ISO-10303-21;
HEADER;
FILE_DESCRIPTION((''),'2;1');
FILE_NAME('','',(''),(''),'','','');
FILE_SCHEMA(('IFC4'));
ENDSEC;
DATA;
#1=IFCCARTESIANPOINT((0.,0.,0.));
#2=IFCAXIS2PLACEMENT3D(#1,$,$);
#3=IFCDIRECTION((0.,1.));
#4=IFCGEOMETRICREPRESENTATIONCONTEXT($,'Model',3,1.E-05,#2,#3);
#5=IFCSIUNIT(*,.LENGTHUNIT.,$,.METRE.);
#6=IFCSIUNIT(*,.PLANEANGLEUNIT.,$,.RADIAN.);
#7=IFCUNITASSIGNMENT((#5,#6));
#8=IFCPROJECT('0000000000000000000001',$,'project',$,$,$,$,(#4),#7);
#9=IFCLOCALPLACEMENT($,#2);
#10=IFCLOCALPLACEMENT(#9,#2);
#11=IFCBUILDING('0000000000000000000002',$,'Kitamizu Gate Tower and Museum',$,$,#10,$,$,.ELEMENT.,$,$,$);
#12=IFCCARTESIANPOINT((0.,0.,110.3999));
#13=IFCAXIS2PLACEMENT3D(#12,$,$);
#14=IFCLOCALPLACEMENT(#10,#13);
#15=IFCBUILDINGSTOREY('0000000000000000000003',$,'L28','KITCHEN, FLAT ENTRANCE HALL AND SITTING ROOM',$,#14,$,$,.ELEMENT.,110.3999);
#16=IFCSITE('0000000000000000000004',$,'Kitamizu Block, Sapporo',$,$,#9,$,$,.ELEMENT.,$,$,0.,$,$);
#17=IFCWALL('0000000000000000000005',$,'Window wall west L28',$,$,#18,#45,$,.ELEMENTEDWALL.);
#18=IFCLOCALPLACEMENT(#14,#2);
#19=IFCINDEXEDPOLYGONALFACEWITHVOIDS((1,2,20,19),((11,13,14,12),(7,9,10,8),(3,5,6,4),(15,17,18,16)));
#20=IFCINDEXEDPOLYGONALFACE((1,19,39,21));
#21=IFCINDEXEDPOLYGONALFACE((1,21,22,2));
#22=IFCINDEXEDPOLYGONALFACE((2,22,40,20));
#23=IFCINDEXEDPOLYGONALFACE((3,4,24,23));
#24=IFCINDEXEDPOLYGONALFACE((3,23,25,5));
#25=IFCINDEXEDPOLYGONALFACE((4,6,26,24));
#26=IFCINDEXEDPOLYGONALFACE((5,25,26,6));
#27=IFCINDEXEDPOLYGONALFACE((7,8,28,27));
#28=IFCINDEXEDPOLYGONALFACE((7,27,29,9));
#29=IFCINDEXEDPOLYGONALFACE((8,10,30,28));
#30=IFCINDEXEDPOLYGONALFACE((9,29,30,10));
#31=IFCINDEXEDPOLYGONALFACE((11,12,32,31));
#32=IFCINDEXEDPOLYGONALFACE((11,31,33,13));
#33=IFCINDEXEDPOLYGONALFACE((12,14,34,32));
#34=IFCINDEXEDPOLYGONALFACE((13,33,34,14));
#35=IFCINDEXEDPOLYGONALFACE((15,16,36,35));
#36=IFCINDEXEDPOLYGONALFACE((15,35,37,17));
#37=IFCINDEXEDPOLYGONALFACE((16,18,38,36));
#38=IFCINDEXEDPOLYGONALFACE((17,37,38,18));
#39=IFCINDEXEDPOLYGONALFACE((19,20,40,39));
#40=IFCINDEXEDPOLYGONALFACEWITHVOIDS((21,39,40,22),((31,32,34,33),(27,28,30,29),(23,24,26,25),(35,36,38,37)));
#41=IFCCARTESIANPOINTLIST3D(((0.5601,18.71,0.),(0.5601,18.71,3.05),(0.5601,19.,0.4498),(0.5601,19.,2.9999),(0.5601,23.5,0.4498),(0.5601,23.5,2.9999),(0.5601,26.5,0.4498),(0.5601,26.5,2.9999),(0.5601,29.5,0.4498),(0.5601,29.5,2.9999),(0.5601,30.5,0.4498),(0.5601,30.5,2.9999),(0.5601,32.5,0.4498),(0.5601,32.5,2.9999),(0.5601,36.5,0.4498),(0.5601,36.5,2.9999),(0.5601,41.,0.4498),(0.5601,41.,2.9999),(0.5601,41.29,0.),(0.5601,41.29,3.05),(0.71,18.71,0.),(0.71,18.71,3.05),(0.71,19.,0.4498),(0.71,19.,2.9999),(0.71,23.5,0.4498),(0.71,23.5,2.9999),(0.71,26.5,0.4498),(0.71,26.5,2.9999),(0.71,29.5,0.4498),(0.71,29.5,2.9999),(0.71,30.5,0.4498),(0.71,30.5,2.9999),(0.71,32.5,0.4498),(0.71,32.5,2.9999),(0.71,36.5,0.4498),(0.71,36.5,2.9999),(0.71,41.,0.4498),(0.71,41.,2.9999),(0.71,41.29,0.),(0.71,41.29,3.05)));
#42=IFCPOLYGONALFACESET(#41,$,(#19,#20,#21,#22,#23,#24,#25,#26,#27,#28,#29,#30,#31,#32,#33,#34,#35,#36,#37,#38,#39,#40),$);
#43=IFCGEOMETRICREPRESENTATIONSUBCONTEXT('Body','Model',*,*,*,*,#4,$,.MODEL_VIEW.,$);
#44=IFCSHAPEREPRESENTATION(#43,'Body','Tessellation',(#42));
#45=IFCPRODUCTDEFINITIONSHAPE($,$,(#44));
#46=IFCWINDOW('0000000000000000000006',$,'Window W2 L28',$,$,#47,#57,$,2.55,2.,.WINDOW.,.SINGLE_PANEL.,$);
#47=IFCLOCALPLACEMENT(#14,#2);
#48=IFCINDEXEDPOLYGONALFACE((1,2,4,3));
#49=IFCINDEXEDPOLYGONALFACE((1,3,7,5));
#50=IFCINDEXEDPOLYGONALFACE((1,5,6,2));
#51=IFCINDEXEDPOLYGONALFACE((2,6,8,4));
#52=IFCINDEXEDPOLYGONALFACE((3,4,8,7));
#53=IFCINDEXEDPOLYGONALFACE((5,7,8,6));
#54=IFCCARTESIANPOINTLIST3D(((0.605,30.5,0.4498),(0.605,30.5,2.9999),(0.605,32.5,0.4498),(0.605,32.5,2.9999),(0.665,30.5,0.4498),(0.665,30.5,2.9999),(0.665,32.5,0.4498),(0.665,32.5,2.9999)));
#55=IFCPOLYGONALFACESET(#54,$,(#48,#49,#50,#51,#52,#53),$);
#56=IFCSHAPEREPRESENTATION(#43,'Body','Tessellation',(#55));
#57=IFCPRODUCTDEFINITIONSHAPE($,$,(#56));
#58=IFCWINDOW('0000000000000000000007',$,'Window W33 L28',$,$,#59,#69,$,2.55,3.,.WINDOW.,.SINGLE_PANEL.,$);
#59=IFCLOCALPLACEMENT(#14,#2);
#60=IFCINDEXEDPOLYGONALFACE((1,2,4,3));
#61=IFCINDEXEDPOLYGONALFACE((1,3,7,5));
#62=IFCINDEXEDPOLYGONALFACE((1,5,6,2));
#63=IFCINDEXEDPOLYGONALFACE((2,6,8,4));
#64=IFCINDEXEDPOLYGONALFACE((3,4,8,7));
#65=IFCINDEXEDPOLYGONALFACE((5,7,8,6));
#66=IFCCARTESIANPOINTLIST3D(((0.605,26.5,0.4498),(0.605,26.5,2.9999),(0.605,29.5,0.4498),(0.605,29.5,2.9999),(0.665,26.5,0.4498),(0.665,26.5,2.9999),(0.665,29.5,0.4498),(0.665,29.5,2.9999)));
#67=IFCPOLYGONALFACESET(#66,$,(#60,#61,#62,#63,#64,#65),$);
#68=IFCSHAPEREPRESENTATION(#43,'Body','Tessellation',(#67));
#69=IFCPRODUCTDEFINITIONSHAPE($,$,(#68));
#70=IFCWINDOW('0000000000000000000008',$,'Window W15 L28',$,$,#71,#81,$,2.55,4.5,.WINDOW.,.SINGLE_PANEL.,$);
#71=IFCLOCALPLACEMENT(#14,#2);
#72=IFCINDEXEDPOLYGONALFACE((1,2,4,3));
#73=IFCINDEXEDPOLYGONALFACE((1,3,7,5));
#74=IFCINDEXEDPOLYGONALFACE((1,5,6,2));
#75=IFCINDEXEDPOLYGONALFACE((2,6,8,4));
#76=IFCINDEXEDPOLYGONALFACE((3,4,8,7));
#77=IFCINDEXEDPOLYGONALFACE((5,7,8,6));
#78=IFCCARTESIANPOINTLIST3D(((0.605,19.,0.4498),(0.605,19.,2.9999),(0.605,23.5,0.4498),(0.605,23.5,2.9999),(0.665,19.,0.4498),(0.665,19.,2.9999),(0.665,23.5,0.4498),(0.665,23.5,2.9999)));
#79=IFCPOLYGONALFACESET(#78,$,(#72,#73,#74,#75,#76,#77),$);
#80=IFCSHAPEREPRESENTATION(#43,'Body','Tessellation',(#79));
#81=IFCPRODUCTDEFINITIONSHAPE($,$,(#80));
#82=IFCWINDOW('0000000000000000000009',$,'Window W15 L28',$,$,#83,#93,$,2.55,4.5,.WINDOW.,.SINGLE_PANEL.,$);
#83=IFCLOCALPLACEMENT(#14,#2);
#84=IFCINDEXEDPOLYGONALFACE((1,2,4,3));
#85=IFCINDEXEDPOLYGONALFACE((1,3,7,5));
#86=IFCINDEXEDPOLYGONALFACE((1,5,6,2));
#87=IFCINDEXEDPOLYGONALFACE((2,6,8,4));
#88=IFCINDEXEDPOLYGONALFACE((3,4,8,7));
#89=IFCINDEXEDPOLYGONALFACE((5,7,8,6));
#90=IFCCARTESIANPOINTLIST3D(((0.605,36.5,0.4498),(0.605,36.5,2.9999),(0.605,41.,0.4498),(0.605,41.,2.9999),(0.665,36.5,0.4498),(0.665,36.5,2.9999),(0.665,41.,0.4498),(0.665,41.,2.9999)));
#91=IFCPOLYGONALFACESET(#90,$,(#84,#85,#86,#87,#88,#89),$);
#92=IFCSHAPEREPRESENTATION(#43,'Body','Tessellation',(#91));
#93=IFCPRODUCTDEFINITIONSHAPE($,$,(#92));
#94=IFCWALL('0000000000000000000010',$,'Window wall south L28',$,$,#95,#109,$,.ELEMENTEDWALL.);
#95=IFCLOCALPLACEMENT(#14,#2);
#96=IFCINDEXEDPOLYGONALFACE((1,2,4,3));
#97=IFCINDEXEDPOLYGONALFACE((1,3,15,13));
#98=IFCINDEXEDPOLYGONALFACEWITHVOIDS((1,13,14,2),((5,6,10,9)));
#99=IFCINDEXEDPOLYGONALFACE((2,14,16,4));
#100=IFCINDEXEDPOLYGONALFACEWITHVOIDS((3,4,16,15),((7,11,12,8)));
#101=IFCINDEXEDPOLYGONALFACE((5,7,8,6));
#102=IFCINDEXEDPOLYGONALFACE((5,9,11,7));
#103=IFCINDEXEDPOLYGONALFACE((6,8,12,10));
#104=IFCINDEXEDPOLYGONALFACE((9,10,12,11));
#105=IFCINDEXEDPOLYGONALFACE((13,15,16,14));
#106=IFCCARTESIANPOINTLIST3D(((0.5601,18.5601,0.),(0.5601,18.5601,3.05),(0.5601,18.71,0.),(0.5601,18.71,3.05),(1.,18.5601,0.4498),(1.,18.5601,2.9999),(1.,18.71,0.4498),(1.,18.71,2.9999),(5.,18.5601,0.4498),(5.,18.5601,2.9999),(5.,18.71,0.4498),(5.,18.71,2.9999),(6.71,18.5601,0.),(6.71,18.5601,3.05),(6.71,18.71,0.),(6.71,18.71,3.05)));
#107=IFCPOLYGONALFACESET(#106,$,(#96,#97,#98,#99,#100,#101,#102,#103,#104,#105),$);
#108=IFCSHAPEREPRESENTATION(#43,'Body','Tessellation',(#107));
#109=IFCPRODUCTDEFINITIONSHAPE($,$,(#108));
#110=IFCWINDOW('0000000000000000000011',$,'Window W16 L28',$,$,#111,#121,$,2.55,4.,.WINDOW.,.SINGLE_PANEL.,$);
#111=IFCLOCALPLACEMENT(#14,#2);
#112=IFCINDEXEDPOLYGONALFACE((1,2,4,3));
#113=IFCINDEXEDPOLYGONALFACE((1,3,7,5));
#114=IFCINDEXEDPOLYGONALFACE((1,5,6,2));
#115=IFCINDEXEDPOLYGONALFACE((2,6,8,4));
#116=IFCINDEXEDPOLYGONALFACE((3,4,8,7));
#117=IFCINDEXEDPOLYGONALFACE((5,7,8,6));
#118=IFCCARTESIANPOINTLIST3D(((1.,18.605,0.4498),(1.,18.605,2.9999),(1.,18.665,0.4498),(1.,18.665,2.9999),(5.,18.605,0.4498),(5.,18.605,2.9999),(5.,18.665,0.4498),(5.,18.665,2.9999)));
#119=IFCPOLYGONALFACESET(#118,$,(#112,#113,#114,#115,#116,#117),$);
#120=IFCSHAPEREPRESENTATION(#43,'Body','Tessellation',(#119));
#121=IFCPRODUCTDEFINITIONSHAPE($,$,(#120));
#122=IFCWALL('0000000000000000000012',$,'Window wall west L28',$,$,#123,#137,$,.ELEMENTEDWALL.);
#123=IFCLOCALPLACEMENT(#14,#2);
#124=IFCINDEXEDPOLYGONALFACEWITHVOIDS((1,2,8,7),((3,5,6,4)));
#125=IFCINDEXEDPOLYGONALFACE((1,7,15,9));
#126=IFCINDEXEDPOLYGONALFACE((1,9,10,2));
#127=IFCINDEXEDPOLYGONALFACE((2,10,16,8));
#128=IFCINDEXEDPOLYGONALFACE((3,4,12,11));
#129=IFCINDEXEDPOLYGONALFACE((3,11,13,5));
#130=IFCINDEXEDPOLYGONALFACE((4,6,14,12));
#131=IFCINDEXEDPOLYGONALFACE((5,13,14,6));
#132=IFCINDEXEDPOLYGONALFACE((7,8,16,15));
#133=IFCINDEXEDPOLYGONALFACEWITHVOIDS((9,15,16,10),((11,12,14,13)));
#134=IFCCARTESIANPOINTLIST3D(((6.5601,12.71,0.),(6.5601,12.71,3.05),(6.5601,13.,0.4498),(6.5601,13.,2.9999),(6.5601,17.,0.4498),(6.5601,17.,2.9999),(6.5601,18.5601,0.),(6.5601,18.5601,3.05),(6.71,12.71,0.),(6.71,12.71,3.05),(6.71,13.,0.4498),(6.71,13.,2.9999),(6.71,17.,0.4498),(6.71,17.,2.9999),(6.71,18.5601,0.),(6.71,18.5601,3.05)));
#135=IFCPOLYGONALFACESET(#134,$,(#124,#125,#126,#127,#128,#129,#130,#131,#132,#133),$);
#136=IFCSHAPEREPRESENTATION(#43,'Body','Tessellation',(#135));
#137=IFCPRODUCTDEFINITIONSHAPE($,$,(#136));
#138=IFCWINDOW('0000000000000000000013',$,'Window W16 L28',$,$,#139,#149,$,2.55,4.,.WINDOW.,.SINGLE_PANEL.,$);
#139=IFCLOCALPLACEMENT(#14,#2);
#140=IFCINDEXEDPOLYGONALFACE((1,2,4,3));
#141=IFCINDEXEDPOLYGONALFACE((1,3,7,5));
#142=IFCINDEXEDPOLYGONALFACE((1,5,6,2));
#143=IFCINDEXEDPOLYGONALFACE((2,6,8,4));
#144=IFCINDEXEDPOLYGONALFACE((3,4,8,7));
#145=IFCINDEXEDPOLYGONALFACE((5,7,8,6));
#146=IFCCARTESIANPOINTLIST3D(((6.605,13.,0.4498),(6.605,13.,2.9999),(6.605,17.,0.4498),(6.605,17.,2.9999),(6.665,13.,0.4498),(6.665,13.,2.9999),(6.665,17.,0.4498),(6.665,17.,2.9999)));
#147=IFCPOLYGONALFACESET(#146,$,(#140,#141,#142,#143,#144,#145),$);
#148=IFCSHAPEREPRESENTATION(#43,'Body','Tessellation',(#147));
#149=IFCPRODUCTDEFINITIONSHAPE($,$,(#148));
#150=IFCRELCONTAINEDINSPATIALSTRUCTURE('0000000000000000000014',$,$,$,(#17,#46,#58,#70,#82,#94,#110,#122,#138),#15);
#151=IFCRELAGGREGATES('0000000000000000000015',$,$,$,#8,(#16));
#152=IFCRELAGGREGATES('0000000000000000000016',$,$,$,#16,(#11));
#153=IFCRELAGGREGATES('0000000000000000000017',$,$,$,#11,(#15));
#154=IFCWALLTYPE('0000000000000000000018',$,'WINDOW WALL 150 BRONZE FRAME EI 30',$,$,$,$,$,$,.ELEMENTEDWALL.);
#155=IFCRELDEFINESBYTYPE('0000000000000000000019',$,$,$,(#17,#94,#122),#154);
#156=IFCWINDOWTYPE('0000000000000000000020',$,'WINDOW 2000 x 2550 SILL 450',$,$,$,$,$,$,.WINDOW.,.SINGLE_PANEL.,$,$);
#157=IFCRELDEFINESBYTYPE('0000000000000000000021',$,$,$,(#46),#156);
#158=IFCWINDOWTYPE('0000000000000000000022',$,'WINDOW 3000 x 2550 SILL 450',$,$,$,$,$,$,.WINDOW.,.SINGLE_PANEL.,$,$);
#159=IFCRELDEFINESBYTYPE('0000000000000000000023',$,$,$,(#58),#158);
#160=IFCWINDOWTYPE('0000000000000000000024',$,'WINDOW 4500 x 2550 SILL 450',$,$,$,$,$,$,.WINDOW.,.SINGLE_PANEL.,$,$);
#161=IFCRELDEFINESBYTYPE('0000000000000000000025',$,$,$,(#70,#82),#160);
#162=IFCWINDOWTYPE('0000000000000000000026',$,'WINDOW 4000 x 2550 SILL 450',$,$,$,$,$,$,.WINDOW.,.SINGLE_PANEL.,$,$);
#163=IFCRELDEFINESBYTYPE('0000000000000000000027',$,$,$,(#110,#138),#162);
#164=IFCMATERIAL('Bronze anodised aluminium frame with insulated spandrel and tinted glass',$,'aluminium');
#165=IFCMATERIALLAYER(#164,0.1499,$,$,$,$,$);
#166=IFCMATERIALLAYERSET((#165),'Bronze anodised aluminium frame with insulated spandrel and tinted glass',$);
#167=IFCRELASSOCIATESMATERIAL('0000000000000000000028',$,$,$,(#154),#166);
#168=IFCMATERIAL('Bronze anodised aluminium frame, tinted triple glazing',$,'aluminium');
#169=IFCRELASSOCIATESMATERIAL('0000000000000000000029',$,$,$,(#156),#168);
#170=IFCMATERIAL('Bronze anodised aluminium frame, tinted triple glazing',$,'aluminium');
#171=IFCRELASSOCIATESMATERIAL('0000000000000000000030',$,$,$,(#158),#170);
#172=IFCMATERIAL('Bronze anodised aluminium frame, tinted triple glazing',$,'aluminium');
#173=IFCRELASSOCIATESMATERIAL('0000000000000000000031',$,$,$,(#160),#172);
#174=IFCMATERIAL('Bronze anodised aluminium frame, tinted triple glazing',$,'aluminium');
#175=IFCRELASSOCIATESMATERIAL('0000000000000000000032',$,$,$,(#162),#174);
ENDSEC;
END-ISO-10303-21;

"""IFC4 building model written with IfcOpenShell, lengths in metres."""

from ifc_helpers import new_model, si_unit, direction, frame, frame_2d, origin, place, context, subcontext, project, spatial, rectangle, extrude, material, layer, layer_set, type_object, element, fill, save


model = new_model("IFC4")

# Units and contexts
model_context = context("Model", 3, precision=1e-05, world=origin(), true_north=direction((0.0, 1.0)))
body_context = subcontext(model_context, "Body", "Model", "MODEL_VIEW")
ifc_project = project(units=[si_unit("LENGTHUNIT", "METRE"), si_unit("PLANEANGLEUNIT", "RADIAN")], contexts=[model_context])

# Site, building, storey
site_placement = place(None, origin())
site = spatial("IfcSite", under=ifc_project, at=site_placement, Name="Kitamizu Block, Sapporo", CompositionType="ELEMENT", RefElevation=0.0)
building_placement = place(site_placement, origin())
building = spatial("IfcBuilding", under=site, at=building_placement, Name="Kitamizu Gate Tower and Museum", CompositionType="ELEMENT")
storey_placement = place(building_placement, frame((0.0, 0.0, 110.3999)))
storey = spatial("IfcBuildingStorey", under=building, at=storey_placement, Name="L28", Description="KITCHEN, FLAT ENTRANCE HALL AND SITTING ROOM", CompositionType="ELEMENT", Elevation=110.3999)

# Wall, openings, windows
ifc_material_1 = material(Name="Bronze anodised aluminium frame with insulated spandrel and tinted glass", Category="aluminium")
ifc_layer = layer(ifc_material_1, 0.1499)
ifc_layer_set = layer_set([ifc_layer], Name="Bronze anodised aluminium frame with insulated spandrel and tinted glass")
wall_type = type_object("IfcWallType", Name="WINDOW WALL 150 BRONZE FRAME EI 30", PredefinedType="ELEMENTEDWALL", material=ifc_layer_set)
ifc_material_2 = material(Name="Bronze anodised aluminium frame, tinted triple glazing", Category="aluminium")
window_type_1 = type_object("IfcWindowType", Name="WINDOW 2000 x 2550 SILL 450", PartitioningType="SINGLE_PANEL", PredefinedType="WINDOW", material=ifc_material_2)
ifc_material_3 = material(Name="Bronze anodised aluminium frame, tinted triple glazing", Category="aluminium")
window_type_2 = type_object("IfcWindowType", Name="WINDOW 3000 x 2550 SILL 450", PartitioningType="SINGLE_PANEL", PredefinedType="WINDOW", material=ifc_material_3)
ifc_material_4 = material(Name="Bronze anodised aluminium frame, tinted triple glazing", Category="aluminium")
window_type_3 = type_object("IfcWindowType", Name="WINDOW 4500 x 2550 SILL 450", PartitioningType="SINGLE_PANEL", PredefinedType="WINDOW", material=ifc_material_4)
wall_1_placement = place(storey_placement, frame((0.635, 18.71, 0.0), z_axis=(0.0, 0.0, 1.0), x_axis=(0.0, 1.0, 0.0)))
wall_1 = element("IfcWall", 1, at=wall_1_placement, inside=storey, type_object=wall_type, Name="Window wall west L28", PredefinedType="ELEMENTEDWALL", context=body_context, shape_type="SweptSolid", body=[
    extrude(rectangle(XDim=22.5801, YDim=0.1499, at=frame_2d((11.29, 0.0))), origin(), (0.0, 0.0, 1.0), 3.05),
])
opening_1_placement = place(wall_1_placement, frame((0.29, 0.0, 0.45)))
opening_1 = element("IfcOpeningElement", 2, at=opening_1_placement, cuts=wall_1, PredefinedType="OPENING", context=body_context, shape_type="SweptSolid", body=[
    extrude(rectangle(XDim=4.5, YDim=2.55, at=frame_2d((2.25, 1.2749))), frame((0.0, 0.085, 0.0), z_axis=(0.0, -1.0, 0.0), x_axis=(1.0, 0.0, 0.0)), (0.0, 0.0, 1.0), 0.1699),
])
opening_2_placement = place(wall_1_placement, frame((7.79, 0.0, 0.45)))
opening_2 = element("IfcOpeningElement", 3, at=opening_2_placement, cuts=wall_1, PredefinedType="OPENING", context=body_context, shape_type="SweptSolid", body=[
    extrude(rectangle(XDim=3.0, YDim=2.55, at=frame_2d((1.5, 1.2749))), frame((0.0, 0.085, 0.0), z_axis=(0.0, -1.0, 0.0), x_axis=(1.0, 0.0, 0.0)), (0.0, 0.0, 1.0), 0.1699),
])
opening_3_placement = place(wall_1_placement, frame((11.79, 0.0, 0.45)))
opening_3 = element("IfcOpeningElement", 4, at=opening_3_placement, cuts=wall_1, PredefinedType="OPENING", context=body_context, shape_type="SweptSolid", body=[
    extrude(rectangle(XDim=2.0, YDim=2.55, at=frame_2d((1.0, 1.2749))), frame((0.0, 0.085, 0.0), z_axis=(0.0, -1.0, 0.0), x_axis=(1.0, 0.0, 0.0)), (0.0, 0.0, 1.0), 0.1699),
])
opening_4_placement = place(wall_1_placement, frame((17.79, 0.0, 0.45)))
opening_4 = element("IfcOpeningElement", 5, at=opening_4_placement, cuts=wall_1, PredefinedType="OPENING", context=body_context, shape_type="SweptSolid", body=[
    extrude(rectangle(XDim=4.5, YDim=2.55, at=frame_2d((2.25, 1.2749))), frame((0.0, 0.085, 0.0), z_axis=(0.0, -1.0, 0.0), x_axis=(1.0, 0.0, 0.0)), (0.0, 0.0, 1.0), 0.1699),
])
window_1_placement = place(opening_3_placement, origin())
window_1 = element("IfcWindow", 6, at=window_1_placement, inside=storey, type_object=window_type_1, Name="Window W2 L28", OverallHeight=2.55, OverallWidth=2.0, PartitioningType="SINGLE_PANEL", PredefinedType="WINDOW", context=body_context, shape_type="SweptSolid", body=[
    extrude(rectangle(XDim=2.0, YDim=2.55, at=frame_2d((1.0, 1.2749))), frame((0.0, 0.03, 0.0), z_axis=(0.0, -1.0, 0.0), x_axis=(1.0, 0.0, 0.0)), (0.0, 0.0, 1.0), 0.0601),
])
fill(opening_3, window_1)
window_2_placement = place(opening_2_placement, origin())
window_2 = element("IfcWindow", 7, at=window_2_placement, inside=storey, type_object=window_type_2, Name="Window W33 L28", OverallHeight=2.55, OverallWidth=3.0, PartitioningType="SINGLE_PANEL", PredefinedType="WINDOW", context=body_context, shape_type="SweptSolid", body=[
    extrude(rectangle(XDim=3.0, YDim=2.55, at=frame_2d((1.5, 1.2749))), frame((0.0, 0.03, 0.0), z_axis=(0.0, -1.0, 0.0), x_axis=(1.0, 0.0, 0.0)), (0.0, 0.0, 1.0), 0.0601),
])
fill(opening_2, window_2)
window_3_placement = place(opening_1_placement, origin())
window_3 = element("IfcWindow", 8, at=window_3_placement, inside=storey, type_object=window_type_3, Name="Window W15 L28", OverallHeight=2.55, OverallWidth=4.5, PartitioningType="SINGLE_PANEL", PredefinedType="WINDOW", context=body_context, shape_type="SweptSolid", body=[
    extrude(rectangle(XDim=4.5, YDim=2.55, at=frame_2d((2.25, 1.2749))), frame((0.0, 0.03, 0.0), z_axis=(0.0, -1.0, 0.0), x_axis=(1.0, 0.0, 0.0)), (0.0, 0.0, 1.0), 0.0601),
])
fill(opening_1, window_3)
window_4_placement = place(opening_4_placement, origin())
window_4 = element("IfcWindow", 9, at=window_4_placement, inside=storey, type_object=window_type_3, Name="Window W15 L28", OverallHeight=2.55, OverallWidth=4.5, PartitioningType="SINGLE_PANEL", PredefinedType="WINDOW", context=body_context, shape_type="SweptSolid", body=[
    extrude(rectangle(XDim=4.5, YDim=2.55, at=frame_2d((2.25, 1.2749))), frame((0.0, 0.03, 0.0), z_axis=(0.0, -1.0, 0.0), x_axis=(1.0, 0.0, 0.0)), (0.0, 0.0, 1.0), 0.0601),
])
fill(opening_4, window_4)

# Walls, openings, windows
wall_2_placement = place(storey_placement, frame((0.5601, 18.635, 0.0), z_axis=(0.0, 0.0, 1.0), x_axis=(1.0, 0.0, 0.0)))
wall_2 = element("IfcWall", 10, at=wall_2_placement, inside=storey, type_object=wall_type, Name="Window wall south L28", PredefinedType="ELEMENTEDWALL", context=body_context, shape_type="SweptSolid", body=[
    extrude(rectangle(XDim=6.1499, YDim=0.1499, at=frame_2d((3.075, 0.0))), origin(), (0.0, 0.0, 1.0), 3.05),
])
opening_5_placement = place(wall_2_placement, frame((0.4399, 0.0, 0.45)))
opening_5 = element("IfcOpeningElement", 11, at=opening_5_placement, cuts=wall_2, PredefinedType="OPENING", context=body_context, shape_type="SweptSolid", body=[
    extrude(rectangle(XDim=4.0, YDim=2.55, at=frame_2d((2.0, 1.2749))), frame((0.0, 0.085, 0.0), z_axis=(0.0, -1.0, 0.0), x_axis=(1.0, 0.0, 0.0)), (0.0, 0.0, 1.0), 0.1699),
])
ifc_material_5 = material(Name="Bronze anodised aluminium frame, tinted triple glazing", Category="aluminium")
window_type_4 = type_object("IfcWindowType", Name="WINDOW 4000 x 2550 SILL 450", PartitioningType="SINGLE_PANEL", PredefinedType="WINDOW", material=ifc_material_5)
window_5_placement = place(opening_5_placement, origin())
window_5 = element("IfcWindow", 12, at=window_5_placement, inside=storey, type_object=window_type_4, Name="Window W16 L28", OverallHeight=2.55, OverallWidth=4.0, PartitioningType="SINGLE_PANEL", PredefinedType="WINDOW", context=body_context, shape_type="SweptSolid", body=[
    extrude(rectangle(XDim=4.0, YDim=2.55, at=frame_2d((2.0, 1.2749))), frame((0.0, 0.03, 0.0), z_axis=(0.0, -1.0, 0.0), x_axis=(1.0, 0.0, 0.0)), (0.0, 0.0, 1.0), 0.0601),
])
fill(opening_5, window_5)
wall_3_placement = place(storey_placement, frame((6.635, 12.71, 0.0), z_axis=(0.0, 0.0, 1.0), x_axis=(0.0, 1.0, 0.0)))
wall_3 = element("IfcWall", 13, at=wall_3_placement, inside=storey, type_object=wall_type, Name="Window wall west L28", PredefinedType="ELEMENTEDWALL", context=body_context, shape_type="SweptSolid", body=[
    extrude(rectangle(XDim=5.8501, YDim=0.1499, at=frame_2d((2.925, 0.0))), origin(), (0.0, 0.0, 1.0), 3.05),
])
opening_6_placement = place(wall_3_placement, frame((0.29, 0.0, 0.45)))
opening_6 = element("IfcOpeningElement", 14, at=opening_6_placement, cuts=wall_3, PredefinedType="OPENING", context=body_context, shape_type="SweptSolid", body=[
    extrude(rectangle(XDim=4.0, YDim=2.55, at=frame_2d((2.0, 1.2749))), frame((0.0, 0.085, 0.0), z_axis=(0.0, -1.0, 0.0), x_axis=(1.0, 0.0, 0.0)), (0.0, 0.0, 1.0), 0.1699),
])
window_6_placement = place(opening_6_placement, origin())
window_6 = element("IfcWindow", 15, at=window_6_placement, inside=storey, type_object=window_type_4, Name="Window W16 L28", OverallHeight=2.55, OverallWidth=4.0, PartitioningType="SINGLE_PANEL", PredefinedType="WINDOW", context=body_context, shape_type="SweptSolid", body=[
    extrude(rectangle(XDim=4.0, YDim=2.55, at=frame_2d((2.0, 1.2749))), frame((0.0, 0.03, 0.0), z_axis=(0.0, -1.0, 0.0), x_axis=(1.0, 0.0, 0.0)), (0.0, 0.0, 1.0), 0.0601),
])
fill(opening_6, window_6)

save(model, "model.ifc")
